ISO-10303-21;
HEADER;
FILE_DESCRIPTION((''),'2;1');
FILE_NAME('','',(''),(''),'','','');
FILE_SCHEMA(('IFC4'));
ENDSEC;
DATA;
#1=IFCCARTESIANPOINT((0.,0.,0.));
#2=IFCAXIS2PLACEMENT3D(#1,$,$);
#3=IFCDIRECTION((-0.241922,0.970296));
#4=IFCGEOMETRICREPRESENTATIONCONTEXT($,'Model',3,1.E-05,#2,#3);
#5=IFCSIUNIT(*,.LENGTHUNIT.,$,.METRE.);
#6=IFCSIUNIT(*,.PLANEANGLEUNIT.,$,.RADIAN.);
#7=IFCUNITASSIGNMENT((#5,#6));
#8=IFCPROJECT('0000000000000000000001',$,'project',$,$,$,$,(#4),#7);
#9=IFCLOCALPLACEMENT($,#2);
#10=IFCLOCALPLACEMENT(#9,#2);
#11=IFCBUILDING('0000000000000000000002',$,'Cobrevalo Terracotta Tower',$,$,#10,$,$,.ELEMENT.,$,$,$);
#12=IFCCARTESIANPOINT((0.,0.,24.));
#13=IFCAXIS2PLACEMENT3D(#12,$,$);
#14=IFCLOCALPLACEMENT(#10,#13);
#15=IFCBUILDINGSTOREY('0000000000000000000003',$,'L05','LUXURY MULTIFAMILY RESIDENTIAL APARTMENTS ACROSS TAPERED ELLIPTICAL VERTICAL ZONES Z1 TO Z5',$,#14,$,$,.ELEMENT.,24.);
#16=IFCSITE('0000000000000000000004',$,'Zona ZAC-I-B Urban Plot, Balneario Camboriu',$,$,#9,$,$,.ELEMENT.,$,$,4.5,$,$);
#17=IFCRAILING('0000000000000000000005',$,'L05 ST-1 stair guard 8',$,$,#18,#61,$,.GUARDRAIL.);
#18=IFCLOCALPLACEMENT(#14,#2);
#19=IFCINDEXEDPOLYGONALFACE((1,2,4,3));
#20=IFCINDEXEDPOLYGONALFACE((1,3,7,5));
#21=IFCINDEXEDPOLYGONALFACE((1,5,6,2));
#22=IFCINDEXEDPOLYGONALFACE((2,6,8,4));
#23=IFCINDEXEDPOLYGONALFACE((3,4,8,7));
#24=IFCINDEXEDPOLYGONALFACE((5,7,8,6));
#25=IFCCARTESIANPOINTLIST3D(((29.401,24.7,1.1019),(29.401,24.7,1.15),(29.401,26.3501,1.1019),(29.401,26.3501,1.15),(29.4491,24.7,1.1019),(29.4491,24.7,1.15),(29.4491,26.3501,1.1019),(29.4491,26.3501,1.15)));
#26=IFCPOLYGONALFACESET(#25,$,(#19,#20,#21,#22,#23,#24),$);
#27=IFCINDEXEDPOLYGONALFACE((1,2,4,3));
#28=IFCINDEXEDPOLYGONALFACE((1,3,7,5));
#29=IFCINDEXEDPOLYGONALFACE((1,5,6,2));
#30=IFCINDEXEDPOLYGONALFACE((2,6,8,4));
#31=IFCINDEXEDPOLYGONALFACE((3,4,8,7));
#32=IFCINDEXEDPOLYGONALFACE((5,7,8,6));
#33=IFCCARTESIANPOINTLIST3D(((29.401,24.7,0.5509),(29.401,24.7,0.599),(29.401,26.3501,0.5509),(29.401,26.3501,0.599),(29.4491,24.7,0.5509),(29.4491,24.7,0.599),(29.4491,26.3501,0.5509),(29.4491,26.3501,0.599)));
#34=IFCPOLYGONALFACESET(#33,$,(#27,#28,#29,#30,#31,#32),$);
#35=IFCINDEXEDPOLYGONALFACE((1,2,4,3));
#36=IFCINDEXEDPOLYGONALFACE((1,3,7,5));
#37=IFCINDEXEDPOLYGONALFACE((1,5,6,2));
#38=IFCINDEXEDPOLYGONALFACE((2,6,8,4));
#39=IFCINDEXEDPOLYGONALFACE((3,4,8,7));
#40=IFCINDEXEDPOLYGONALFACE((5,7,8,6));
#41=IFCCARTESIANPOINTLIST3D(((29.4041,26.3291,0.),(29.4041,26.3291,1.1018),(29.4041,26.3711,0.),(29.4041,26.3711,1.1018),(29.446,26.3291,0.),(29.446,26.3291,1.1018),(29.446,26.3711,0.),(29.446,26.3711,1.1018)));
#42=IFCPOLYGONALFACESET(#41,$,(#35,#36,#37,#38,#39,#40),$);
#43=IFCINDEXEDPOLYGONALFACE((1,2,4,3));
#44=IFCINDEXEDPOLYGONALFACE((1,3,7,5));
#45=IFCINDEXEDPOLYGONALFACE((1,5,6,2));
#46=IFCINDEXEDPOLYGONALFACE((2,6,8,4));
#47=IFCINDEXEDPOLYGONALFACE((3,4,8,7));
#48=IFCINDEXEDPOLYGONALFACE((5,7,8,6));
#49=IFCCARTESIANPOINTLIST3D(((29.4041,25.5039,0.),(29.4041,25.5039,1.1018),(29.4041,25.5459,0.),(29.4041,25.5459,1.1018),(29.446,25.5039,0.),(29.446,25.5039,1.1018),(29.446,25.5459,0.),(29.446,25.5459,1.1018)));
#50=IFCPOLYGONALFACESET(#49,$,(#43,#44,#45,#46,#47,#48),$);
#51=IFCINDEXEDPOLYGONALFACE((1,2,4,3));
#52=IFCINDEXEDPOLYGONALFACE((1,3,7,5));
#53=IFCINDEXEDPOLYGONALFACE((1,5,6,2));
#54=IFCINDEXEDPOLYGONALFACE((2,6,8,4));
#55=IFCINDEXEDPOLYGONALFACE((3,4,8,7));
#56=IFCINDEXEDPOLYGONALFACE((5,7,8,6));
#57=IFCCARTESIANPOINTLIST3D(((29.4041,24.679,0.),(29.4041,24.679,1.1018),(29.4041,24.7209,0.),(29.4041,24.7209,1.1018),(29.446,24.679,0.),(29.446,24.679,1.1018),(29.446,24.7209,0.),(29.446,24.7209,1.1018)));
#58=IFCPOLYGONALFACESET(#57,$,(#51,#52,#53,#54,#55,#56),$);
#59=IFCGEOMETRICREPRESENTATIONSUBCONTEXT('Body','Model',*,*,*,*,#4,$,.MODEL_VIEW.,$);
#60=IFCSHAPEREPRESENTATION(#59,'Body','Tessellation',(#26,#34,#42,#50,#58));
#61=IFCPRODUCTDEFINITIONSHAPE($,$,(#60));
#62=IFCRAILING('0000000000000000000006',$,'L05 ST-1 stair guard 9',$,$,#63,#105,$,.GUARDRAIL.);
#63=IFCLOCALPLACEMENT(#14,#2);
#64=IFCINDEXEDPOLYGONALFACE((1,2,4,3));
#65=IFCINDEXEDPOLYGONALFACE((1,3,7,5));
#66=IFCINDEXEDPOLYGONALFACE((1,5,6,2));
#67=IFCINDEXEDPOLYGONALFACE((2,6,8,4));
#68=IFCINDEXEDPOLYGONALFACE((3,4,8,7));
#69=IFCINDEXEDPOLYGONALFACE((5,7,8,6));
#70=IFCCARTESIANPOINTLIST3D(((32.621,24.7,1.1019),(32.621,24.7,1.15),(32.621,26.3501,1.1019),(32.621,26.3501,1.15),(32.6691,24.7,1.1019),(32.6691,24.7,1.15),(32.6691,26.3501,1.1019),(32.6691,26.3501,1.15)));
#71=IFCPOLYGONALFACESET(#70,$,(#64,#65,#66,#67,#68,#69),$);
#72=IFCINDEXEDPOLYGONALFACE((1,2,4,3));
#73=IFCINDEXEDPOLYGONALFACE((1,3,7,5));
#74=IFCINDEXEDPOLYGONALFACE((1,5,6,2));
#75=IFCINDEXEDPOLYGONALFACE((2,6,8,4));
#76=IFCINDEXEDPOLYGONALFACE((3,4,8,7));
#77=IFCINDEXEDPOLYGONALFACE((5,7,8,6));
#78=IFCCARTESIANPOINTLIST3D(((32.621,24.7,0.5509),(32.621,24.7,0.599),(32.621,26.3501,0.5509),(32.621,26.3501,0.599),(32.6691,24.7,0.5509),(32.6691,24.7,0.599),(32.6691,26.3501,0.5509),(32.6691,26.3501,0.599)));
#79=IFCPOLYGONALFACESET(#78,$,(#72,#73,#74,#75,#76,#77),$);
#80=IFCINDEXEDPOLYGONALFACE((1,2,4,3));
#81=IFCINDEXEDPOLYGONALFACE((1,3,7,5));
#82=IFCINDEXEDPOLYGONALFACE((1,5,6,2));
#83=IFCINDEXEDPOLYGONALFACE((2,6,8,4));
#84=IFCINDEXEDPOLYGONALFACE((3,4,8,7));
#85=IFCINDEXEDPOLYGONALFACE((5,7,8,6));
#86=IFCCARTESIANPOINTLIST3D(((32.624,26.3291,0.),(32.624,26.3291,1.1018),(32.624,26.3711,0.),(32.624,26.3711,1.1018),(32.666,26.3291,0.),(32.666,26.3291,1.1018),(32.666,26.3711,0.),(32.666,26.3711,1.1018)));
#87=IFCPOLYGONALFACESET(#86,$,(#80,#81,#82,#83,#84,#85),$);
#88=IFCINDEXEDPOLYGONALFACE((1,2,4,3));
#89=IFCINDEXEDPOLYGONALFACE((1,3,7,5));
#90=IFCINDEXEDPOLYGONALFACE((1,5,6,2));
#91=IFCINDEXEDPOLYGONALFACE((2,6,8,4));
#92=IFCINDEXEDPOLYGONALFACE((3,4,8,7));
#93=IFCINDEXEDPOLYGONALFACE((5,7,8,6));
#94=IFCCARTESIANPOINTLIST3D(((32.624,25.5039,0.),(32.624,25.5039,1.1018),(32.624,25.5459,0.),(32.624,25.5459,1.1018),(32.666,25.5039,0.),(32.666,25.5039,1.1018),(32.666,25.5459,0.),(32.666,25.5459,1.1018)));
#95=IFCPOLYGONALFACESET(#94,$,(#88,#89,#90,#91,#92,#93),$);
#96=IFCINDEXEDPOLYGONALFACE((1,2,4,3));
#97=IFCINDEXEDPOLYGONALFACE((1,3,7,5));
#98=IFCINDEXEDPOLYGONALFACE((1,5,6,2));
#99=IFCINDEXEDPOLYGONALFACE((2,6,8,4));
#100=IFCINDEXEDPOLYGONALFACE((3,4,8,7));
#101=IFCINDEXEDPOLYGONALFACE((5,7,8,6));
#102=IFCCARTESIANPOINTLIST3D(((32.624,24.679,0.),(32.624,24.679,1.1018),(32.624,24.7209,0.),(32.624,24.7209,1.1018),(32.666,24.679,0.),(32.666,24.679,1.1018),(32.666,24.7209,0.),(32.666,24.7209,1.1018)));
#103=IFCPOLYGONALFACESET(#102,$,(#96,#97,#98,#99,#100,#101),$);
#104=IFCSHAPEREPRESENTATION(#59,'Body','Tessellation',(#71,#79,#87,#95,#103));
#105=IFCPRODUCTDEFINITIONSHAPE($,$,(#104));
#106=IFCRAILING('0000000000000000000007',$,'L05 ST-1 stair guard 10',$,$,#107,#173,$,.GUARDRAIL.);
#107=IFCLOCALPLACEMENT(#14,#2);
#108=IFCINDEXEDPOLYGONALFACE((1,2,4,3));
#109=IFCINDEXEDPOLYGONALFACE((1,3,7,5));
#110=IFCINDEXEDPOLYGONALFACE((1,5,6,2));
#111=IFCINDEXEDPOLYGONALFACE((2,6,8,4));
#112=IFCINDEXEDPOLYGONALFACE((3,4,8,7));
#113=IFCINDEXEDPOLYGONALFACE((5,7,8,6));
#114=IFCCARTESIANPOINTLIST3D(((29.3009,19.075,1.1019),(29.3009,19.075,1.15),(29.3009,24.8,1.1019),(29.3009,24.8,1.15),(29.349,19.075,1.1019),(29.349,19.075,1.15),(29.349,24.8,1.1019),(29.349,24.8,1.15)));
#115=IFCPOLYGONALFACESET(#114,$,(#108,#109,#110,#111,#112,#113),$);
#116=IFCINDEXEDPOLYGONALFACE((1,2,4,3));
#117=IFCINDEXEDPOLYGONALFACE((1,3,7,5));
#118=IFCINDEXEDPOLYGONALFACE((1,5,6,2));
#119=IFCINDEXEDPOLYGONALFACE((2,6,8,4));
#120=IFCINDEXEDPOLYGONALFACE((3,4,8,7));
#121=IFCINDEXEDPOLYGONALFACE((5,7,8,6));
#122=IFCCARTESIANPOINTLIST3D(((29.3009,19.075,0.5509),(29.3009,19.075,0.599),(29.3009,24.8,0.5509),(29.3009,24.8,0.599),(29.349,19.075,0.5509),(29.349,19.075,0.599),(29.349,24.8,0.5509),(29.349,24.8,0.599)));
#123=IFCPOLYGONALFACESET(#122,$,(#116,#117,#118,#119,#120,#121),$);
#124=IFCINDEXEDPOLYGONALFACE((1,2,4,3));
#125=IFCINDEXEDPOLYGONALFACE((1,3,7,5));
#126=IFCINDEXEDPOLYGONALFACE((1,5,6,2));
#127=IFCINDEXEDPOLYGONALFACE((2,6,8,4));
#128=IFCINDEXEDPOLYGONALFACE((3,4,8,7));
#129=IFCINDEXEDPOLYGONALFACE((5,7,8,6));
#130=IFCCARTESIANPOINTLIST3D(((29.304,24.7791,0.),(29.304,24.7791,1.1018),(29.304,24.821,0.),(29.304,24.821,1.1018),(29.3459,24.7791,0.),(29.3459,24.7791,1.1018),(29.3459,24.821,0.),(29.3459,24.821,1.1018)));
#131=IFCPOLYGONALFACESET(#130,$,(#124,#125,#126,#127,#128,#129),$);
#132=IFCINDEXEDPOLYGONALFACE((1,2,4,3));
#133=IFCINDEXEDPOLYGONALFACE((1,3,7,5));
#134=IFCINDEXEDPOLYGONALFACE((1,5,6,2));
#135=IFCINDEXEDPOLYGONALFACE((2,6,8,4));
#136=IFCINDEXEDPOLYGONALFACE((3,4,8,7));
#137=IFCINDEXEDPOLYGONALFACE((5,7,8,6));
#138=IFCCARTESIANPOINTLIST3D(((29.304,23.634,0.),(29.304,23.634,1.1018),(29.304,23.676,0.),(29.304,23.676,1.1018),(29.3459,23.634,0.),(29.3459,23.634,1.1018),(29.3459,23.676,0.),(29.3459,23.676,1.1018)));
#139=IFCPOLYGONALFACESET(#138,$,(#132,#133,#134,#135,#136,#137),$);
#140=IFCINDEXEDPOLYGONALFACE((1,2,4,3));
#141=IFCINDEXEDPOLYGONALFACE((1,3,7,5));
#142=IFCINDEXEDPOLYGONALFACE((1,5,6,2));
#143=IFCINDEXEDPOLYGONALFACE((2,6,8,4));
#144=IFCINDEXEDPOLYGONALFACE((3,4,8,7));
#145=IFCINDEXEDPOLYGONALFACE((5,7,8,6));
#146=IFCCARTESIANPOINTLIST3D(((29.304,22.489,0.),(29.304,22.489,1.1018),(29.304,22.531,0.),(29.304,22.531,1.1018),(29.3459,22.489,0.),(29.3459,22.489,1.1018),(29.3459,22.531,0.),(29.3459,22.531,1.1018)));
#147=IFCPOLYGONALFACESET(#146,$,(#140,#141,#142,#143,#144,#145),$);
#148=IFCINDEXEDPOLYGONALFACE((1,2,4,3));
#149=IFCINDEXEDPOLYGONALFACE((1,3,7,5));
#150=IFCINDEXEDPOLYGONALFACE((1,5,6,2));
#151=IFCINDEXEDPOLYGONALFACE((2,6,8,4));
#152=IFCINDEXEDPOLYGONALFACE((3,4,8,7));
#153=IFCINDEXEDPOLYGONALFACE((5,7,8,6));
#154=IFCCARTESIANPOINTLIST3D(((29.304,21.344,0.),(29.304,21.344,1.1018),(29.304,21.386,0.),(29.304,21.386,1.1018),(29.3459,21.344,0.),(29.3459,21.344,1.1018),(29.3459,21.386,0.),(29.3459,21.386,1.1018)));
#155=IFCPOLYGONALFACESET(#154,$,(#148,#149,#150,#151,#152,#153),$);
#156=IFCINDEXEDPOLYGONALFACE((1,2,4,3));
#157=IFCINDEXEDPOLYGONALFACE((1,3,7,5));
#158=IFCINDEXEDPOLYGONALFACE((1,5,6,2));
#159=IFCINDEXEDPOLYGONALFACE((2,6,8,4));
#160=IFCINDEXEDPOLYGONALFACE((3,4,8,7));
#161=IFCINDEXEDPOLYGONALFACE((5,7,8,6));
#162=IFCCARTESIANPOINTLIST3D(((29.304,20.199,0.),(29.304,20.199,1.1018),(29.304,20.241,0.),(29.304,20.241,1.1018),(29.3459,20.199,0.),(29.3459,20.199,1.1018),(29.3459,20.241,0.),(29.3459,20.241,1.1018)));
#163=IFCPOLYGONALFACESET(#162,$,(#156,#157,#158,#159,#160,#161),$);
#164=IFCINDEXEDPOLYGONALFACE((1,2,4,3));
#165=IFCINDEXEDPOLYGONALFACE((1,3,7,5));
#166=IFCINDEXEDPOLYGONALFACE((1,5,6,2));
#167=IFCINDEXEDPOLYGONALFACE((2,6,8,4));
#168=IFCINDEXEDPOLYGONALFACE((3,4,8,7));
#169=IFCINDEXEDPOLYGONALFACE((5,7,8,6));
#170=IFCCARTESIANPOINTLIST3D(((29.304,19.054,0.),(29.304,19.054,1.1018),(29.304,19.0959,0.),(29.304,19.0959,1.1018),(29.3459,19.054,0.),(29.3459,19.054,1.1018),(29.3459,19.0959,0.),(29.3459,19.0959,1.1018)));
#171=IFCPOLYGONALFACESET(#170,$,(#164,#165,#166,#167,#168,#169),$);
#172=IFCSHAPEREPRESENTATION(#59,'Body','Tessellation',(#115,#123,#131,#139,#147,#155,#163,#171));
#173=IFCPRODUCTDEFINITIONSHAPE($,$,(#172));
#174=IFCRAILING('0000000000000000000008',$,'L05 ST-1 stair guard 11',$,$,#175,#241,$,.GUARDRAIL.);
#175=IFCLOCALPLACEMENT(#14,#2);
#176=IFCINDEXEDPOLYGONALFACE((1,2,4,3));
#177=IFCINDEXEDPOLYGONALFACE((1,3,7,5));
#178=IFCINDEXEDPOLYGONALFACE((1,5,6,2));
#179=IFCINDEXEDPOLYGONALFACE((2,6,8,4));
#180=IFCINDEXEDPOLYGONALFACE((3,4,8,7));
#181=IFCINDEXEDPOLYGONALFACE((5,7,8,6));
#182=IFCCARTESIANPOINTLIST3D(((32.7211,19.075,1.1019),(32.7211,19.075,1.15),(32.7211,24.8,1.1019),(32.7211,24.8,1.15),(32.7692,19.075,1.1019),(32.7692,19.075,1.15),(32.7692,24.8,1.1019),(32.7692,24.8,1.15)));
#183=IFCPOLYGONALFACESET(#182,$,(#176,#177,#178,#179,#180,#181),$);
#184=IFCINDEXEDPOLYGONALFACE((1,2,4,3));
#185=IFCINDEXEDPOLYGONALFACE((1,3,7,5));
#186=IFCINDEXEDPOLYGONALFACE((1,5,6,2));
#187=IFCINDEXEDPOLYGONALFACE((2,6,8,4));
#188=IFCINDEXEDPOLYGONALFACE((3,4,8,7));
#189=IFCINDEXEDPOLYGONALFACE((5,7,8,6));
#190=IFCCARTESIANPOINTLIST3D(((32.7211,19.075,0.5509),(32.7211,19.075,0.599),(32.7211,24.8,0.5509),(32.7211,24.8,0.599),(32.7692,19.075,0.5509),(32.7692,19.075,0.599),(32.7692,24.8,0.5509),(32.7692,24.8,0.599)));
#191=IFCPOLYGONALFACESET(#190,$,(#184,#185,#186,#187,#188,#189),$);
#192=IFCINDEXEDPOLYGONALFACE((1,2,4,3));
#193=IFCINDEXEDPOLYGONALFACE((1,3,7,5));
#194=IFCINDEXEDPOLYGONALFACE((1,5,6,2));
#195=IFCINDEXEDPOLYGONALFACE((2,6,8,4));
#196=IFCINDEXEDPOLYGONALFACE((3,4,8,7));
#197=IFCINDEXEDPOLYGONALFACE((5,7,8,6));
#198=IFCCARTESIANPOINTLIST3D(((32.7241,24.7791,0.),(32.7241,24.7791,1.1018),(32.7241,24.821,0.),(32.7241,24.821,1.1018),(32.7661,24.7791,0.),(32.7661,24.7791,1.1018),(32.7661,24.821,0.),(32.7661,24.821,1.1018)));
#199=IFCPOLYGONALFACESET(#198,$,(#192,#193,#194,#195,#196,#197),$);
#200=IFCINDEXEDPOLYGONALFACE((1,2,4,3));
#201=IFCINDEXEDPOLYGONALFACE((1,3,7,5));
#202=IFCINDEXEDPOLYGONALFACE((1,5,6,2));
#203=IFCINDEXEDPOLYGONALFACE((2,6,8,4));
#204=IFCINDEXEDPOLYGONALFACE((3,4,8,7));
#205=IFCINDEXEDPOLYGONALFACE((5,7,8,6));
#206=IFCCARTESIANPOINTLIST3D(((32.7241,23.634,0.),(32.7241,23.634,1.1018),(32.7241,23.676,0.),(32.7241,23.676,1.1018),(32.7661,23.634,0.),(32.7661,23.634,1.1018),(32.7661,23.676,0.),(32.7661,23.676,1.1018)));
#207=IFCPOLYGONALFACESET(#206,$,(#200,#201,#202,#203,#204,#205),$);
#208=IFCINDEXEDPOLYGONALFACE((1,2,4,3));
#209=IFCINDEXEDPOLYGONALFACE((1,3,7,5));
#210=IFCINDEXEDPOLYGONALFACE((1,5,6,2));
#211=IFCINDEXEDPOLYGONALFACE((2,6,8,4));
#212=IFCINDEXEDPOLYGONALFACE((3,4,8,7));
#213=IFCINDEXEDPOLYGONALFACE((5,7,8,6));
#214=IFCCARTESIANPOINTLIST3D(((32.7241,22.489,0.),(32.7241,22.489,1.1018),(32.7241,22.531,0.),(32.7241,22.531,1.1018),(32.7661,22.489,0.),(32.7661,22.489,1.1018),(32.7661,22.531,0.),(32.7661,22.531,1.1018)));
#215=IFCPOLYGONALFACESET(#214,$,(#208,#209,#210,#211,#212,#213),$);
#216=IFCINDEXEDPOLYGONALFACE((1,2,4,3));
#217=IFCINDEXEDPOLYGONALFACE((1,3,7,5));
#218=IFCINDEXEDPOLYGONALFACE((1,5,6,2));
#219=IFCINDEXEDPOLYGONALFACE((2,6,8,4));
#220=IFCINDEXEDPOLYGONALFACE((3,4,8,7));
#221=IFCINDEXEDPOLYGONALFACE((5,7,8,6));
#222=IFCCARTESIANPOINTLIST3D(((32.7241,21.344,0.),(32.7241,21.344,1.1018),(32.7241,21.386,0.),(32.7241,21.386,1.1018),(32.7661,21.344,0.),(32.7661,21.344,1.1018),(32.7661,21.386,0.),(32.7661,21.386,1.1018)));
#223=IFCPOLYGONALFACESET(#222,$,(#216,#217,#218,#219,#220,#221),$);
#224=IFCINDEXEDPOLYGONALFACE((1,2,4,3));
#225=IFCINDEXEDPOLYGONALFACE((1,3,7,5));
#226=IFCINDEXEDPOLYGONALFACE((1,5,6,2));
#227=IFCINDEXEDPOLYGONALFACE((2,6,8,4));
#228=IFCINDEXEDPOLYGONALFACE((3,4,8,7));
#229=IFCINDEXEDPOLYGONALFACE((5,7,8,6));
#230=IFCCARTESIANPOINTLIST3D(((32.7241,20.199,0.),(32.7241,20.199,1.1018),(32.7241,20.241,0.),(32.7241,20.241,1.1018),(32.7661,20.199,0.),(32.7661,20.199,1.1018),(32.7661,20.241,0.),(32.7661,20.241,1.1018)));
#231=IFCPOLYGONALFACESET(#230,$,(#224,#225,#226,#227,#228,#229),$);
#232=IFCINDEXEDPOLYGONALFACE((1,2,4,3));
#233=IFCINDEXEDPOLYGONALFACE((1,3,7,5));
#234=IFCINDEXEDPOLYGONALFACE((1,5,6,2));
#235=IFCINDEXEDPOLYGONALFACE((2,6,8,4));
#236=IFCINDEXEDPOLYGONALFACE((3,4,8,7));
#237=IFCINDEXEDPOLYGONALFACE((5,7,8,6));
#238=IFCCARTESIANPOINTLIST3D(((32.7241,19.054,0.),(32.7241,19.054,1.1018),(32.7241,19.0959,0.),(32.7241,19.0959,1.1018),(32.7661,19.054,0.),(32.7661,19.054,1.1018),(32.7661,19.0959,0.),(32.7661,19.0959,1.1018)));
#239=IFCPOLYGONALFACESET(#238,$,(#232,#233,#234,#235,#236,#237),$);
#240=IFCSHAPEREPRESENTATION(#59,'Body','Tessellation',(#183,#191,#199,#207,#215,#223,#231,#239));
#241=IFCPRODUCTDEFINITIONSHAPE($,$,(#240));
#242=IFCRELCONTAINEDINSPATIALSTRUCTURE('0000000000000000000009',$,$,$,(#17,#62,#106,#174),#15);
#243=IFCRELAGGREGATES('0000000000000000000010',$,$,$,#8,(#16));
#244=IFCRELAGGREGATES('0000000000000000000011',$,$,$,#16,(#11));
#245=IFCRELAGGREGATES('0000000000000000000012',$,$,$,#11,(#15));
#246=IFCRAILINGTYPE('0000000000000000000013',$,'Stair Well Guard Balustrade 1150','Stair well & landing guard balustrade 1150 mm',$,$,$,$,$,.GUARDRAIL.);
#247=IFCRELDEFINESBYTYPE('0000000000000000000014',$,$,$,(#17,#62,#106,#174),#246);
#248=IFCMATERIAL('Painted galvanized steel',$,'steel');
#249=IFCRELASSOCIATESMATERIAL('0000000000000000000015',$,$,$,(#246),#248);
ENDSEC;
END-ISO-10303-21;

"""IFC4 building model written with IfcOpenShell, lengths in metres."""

from ifc_helpers import new_model, si_unit, direction, frame, origin, origin_2d, place, context, subcontext, project, spatial, rectangle, extrude, material, type_object, element, save


model = new_model("IFC4")

# Units and contexts
model_context = context("Model", 3, precision=1e-05, world=origin(), true_north=direction((-0.241922, 0.970296)))
body_context = subcontext(model_context, "Body", "Model", "MODEL_VIEW")
ifc_project = project(units=[si_unit("LENGTHUNIT", "METRE"), si_unit("PLANEANGLEUNIT", "RADIAN")], contexts=[model_context])

# Site, building, storey
site_placement = place(None, origin())
site = spatial("IfcSite", under=ifc_project, at=site_placement, Name="Zona ZAC-I-B Urban Plot, Balneario Camboriu", CompositionType="ELEMENT", RefElevation=4.5)
building_placement = place(site_placement, origin())
building = spatial("IfcBuilding", under=site, at=building_placement, Name="Cobrevalo Terracotta Tower", CompositionType="ELEMENT")
storey_placement = place(building_placement, frame((0.0, 0.0, 24.0)))
storey = spatial("IfcBuildingStorey", under=building, at=storey_placement, Name="L05", Description="LUXURY MULTIFAMILY RESIDENTIAL APARTMENTS ACROSS TAPERED ELLIPTICAL VERTICAL ZONES Z1 TO Z5", CompositionType="ELEMENT", Elevation=24.0)

# Railings
ifc_material_1 = material(Name="Painted galvanized steel", Category="steel")
railing_type_1 = type_object("IfcRailingType", Name="Stair Well Guard Balustrade 1150", Description="Stair well & landing guard balustrade 1150 mm", PredefinedType="GUARDRAIL", material=ifc_material_1)
for number, where, name in (
    (1, (29.425, 26.3501, 0.0), "L05 ST-1 stair guard 8"),
    (2, (32.645, 26.3501, 0.0), "L05 ST-1 stair guard 9"),
):
    element("IfcRailing", number, at=place(storey_placement, frame(where)), inside=storey, type_object=railing_type_1, Name=name, PredefinedType="GUARDRAIL", context=body_context, shape_type="SweptSolid", body=[
        extrude(rectangle(XDim=0.0481, YDim=0.0481, at=origin_2d()), frame((0.0, 0.0, 1.126), z_axis=(0.0, -1.0, 0.0), x_axis=(1.0, 0.0, 0.0)), (0.0, 0.0, 1.0), 1.6501),
        extrude(rectangle(XDim=0.0481, YDim=0.0481, at=origin_2d()), frame((0.0, 0.0, 0.575), z_axis=(0.0, -1.0, 0.0), x_axis=(1.0, 0.0, 0.0)), (0.0, 0.0, 1.0), 1.6501),
        extrude(rectangle(XDim=0.042, YDim=0.042, at=origin_2d()), origin(), (0.0, 0.0, 1.0), 1.1018),
        extrude(rectangle(XDim=0.042, YDim=0.042, at=origin_2d()), frame((0.0, -0.8252, 0.0)), (0.0, 0.0, 1.0), 1.1018),
        extrude(rectangle(XDim=0.042, YDim=0.042, at=origin_2d()), frame((0.0, -1.6501, 0.0)), (0.0, 0.0, 1.0), 1.1018),
    ])
for number, where, name in (
    (3, (29.325, 24.8, 0.0), "L05 ST-1 stair guard 10"),
    (4, (32.7451, 24.8, 0.0), "L05 ST-1 stair guard 11"),
):
    element("IfcRailing", number, at=place(storey_placement, frame(where)), inside=storey, type_object=railing_type_1, Name=name, PredefinedType="GUARDRAIL", context=body_context, shape_type="SweptSolid", body=[
        extrude(rectangle(XDim=0.0481, YDim=0.0481, at=origin_2d()), frame((0.0, 0.0, 1.126), z_axis=(0.0, -1.0, 0.0), x_axis=(1.0, 0.0, 0.0)), (0.0, 0.0, 1.0), 5.7251),
        extrude(rectangle(XDim=0.0481, YDim=0.0481, at=origin_2d()), frame((0.0, 0.0, 0.575), z_axis=(0.0, -1.0, 0.0), x_axis=(1.0, 0.0, 0.0)), (0.0, 0.0, 1.0), 5.7251),
        extrude(rectangle(XDim=0.042, YDim=0.042, at=origin_2d()), origin(), (0.0, 0.0, 1.0), 1.1018),
        extrude(rectangle(XDim=0.042, YDim=0.042, at=origin_2d()), frame((0.0, -1.145, 0.0)), (0.0, 0.0, 1.0), 1.1018),
        extrude(rectangle(XDim=0.042, YDim=0.042, at=origin_2d()), frame((0.0, -2.29, 0.0)), (0.0, 0.0, 1.0), 1.1018),
        extrude(rectangle(XDim=0.042, YDim=0.042, at=origin_2d()), frame((0.0, -3.4351, 0.0)), (0.0, 0.0, 1.0), 1.1018),
        extrude(rectangle(XDim=0.042, YDim=0.042, at=origin_2d()), frame((0.0, -4.5801, 0.0)), (0.0, 0.0, 1.0), 1.1018),
        extrude(rectangle(XDim=0.042, YDim=0.042, at=origin_2d()), frame((0.0, -5.7251, 0.0)), (0.0, 0.0, 1.0), 1.1018),
    ])

save(model, "model.ifc")
